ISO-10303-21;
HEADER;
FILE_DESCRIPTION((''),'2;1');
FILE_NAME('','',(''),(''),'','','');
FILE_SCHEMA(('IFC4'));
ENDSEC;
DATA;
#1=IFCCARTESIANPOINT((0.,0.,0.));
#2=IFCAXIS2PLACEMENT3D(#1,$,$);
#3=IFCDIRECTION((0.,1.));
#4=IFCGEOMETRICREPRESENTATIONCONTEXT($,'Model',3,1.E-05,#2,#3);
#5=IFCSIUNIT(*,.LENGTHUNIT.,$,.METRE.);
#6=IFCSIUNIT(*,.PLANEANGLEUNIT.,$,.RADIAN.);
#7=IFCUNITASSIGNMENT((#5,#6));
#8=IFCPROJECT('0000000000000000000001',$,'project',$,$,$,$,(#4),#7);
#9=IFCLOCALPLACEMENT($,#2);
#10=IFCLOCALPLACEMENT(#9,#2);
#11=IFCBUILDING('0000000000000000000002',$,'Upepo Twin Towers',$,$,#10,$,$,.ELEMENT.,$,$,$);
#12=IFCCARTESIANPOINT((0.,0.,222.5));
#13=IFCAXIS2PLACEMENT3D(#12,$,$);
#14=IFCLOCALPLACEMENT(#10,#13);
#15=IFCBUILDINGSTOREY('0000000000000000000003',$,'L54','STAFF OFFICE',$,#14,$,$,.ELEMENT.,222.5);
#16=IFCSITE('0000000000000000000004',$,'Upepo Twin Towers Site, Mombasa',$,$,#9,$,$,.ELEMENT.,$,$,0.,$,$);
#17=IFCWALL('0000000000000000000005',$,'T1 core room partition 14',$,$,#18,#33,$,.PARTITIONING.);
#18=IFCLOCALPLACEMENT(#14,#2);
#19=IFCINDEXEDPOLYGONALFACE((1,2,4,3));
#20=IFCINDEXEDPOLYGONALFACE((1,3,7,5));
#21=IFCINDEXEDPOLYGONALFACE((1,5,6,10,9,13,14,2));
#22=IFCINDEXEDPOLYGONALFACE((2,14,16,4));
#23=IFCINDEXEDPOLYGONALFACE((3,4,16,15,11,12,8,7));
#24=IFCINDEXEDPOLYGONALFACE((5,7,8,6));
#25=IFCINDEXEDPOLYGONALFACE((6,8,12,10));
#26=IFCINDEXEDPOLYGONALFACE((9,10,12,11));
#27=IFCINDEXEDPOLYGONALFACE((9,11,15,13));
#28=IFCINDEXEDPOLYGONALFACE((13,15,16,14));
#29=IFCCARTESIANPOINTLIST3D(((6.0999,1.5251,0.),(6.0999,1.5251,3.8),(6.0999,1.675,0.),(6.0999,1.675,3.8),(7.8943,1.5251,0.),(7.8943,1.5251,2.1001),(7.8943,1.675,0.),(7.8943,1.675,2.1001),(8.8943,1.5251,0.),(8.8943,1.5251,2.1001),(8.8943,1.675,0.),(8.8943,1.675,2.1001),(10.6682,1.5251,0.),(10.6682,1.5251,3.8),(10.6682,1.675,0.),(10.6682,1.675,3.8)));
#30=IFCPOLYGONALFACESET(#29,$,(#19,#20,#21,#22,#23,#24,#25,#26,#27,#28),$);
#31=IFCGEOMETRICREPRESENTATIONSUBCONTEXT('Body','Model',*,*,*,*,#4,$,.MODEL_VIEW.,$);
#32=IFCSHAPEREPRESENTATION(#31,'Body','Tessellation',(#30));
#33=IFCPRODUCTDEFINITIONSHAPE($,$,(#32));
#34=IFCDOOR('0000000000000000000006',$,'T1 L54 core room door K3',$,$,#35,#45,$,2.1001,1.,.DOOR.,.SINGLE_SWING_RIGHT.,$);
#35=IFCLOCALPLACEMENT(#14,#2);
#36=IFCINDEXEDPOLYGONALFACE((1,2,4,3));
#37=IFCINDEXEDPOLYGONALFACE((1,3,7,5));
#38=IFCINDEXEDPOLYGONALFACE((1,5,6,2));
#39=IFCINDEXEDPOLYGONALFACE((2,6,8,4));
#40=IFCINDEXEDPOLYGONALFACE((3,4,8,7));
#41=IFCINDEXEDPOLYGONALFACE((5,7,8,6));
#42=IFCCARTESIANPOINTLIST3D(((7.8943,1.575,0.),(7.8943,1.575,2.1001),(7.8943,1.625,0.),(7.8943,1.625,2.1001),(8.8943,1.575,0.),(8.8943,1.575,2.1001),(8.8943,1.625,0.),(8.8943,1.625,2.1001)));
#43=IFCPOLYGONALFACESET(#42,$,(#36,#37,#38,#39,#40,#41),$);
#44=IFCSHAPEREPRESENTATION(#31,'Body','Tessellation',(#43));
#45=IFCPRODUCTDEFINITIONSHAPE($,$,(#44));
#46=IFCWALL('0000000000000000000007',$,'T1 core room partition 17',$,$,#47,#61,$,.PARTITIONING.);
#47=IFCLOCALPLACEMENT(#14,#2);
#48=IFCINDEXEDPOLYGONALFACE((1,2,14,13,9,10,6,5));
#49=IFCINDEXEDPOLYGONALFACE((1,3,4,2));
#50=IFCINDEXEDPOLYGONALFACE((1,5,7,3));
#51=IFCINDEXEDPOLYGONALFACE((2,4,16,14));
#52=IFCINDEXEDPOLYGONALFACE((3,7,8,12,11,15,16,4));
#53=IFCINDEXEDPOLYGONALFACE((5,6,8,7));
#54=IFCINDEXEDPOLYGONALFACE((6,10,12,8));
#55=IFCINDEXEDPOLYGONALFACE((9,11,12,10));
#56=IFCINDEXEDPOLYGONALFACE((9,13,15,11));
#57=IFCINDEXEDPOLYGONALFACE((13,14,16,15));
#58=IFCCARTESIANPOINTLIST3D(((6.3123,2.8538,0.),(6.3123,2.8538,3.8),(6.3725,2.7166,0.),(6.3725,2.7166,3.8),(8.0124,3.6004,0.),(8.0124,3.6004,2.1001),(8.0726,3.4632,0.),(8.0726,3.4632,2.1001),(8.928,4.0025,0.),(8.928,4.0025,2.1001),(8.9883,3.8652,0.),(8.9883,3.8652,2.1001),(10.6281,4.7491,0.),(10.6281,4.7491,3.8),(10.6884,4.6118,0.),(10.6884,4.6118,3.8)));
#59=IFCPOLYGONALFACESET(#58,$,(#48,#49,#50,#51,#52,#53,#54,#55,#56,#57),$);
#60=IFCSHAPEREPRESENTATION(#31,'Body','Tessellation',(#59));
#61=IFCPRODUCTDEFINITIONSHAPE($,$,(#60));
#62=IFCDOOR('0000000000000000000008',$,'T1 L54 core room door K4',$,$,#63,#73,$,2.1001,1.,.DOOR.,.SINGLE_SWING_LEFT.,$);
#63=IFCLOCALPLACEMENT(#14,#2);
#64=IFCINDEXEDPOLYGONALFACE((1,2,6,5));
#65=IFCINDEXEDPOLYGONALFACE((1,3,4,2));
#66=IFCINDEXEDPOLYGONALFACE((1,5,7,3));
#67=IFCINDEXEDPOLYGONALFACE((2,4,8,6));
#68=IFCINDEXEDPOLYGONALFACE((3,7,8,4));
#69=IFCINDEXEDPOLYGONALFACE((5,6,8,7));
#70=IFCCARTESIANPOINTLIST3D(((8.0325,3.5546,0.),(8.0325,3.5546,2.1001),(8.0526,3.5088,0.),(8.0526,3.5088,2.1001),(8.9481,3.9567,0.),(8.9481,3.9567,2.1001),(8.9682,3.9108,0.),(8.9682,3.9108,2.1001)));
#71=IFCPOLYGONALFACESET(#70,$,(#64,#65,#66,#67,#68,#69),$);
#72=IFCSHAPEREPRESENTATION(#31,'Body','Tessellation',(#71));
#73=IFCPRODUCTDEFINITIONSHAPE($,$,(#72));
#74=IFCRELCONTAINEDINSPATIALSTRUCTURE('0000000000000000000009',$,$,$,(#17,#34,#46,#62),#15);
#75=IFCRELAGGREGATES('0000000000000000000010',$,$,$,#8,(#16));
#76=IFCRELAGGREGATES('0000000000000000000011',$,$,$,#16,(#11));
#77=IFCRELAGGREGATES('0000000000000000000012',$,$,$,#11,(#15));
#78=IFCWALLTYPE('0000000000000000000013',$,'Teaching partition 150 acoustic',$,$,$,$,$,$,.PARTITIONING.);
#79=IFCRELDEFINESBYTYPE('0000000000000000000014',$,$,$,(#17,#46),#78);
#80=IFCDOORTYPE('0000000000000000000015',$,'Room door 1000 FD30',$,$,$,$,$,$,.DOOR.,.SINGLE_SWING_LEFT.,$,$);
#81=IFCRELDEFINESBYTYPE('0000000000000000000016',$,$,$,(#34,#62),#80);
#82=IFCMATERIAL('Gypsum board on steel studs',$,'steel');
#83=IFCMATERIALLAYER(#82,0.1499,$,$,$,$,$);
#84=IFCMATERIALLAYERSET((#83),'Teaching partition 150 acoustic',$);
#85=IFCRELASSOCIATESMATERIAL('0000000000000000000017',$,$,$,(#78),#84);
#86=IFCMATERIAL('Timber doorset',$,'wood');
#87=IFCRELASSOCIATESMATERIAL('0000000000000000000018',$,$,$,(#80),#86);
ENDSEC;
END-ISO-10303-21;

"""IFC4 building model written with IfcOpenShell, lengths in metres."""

from ifc_helpers import new_model, si_unit, direction, frame, frame_2d, origin, place, context, subcontext, project, spatial, rectangle, extrude, material, layer, layer_set, type_object, element, fill, save


model = new_model("IFC4")

# Units and contexts
model_context = context("Model", 3, precision=1e-05, world=origin(), true_north=direction((0.0, 1.0)))
body_context = subcontext(model_context, "Body", "Model", "MODEL_VIEW")
ifc_project = project(units=[si_unit("LENGTHUNIT", "METRE"), si_unit("PLANEANGLEUNIT", "RADIAN")], contexts=[model_context])

# Site, building, storey
site_placement = place(None, origin())
site = spatial("IfcSite", under=ifc_project, at=site_placement, Name="Upepo Twin Towers Site, Mombasa", CompositionType="ELEMENT", RefElevation=0.0)
building_placement = place(site_placement, origin())
building = spatial("IfcBuilding", under=site, at=building_placement, Name="Upepo Twin Towers", CompositionType="ELEMENT")
storey_placement = place(building_placement, frame((0.0, 0.0, 222.5)))
storey = spatial("IfcBuildingStorey", under=building, at=storey_placement, Name="L54", Description="STAFF OFFICE", CompositionType="ELEMENT", Elevation=222.5)

# Shared definitions
ifc_material_1 = material(Name="Gypsum board on steel studs", Category="steel")
ifc_layer_1 = layer(ifc_material_1, 0.1499)
ifc_layer_set_1 = layer_set([ifc_layer_1], Name="Teaching partition 150 acoustic")
wall_type_1 = type_object("IfcWallType", Name="Teaching partition 150 acoustic", PredefinedType="PARTITIONING", material=ifc_layer_set_1)

# Walls, openings, doors
wall_1_placement = place(storey_placement, frame((6.0999, 1.6001, 0.0), z_axis=(0.0, 0.0, 1.0), x_axis=(1.0, 0.0, 0.0)))
wall_1 = element("IfcWall", 1, at=wall_1_placement, inside=storey, type_object=wall_type_1, Name="T1 core room partition 14", PredefinedType="PARTITIONING", context=body_context, shape_type="SweptSolid", body=[
    extrude(rectangle(XDim=4.5684, YDim=0.1499, at=frame_2d((2.2842, 0.0))), origin(), (0.0, 0.0, 1.0), 3.8),
])
opening_1_placement = place(wall_1_placement, frame((1.7944, 0.0, 0.0)))
opening_1 = element("IfcOpeningElement", 2, at=opening_1_placement, cuts=wall_1, PredefinedType="OPENING", context=body_context, shape_type="SweptSolid", body=[
    extrude(rectangle(XDim=1.0, YDim=2.1001, at=frame_2d((0.5, 1.05))), frame((0.0, 0.085, 0.0), z_axis=(0.0, -1.0, 0.0), x_axis=(1.0, 0.0, 0.0)), (0.0, 0.0, 1.0), 0.1699),
])
ifc_material_2 = material(Name="Timber doorset", Category="wood")
door_type_1 = type_object("IfcDoorType", Name="Room door 1000 FD30", OperationType="SINGLE_SWING_LEFT", PredefinedType="DOOR", material=ifc_material_2)
door_1_placement = place(opening_1_placement, origin())
door_1 = element("IfcDoor", 3, at=door_1_placement, inside=storey, type_object=door_type_1, Name="T1 L54 core room door K3", OperationType="SINGLE_SWING_RIGHT", OverallHeight=2.1001, OverallWidth=1.0, PredefinedType="DOOR", context=body_context, shape_type="SweptSolid", body=[
    extrude(rectangle(XDim=1.0, YDim=2.1001, at=frame_2d((0.5, 1.05))), frame((0.0, 0.0249, 0.0), z_axis=(0.0, -1.0, 0.0), x_axis=(1.0, 0.0, 0.0)), (0.0, 0.0, 1.0), 0.05),
])
fill(opening_1, door_1)
wall_2_placement = place(storey_placement, frame((6.3423, 2.7852, 0.0), z_axis=(0.0, 0.0, 1.0), x_axis=(0.915607, 0.402074, 0.0)))
wall_2 = element("IfcWall", 4, at=wall_2_placement, inside=storey, type_object=wall_type_1, Name="T1 core room partition 17", PredefinedType="PARTITIONING", context=body_context, shape_type="SweptSolid", body=[
    extrude(rectangle(XDim=4.7136, YDim=0.1499, at=frame_2d((2.3569, 0.0))), origin(), (0.0, 0.0, 1.0), 3.8),
])
opening_2_placement = place(wall_2_placement, frame((1.8569, 0.0, 0.0)))
opening_2 = element("IfcOpeningElement", 5, at=opening_2_placement, cuts=wall_2, PredefinedType="OPENING", context=body_context, shape_type="SweptSolid", body=[
    extrude(rectangle(XDim=1.0, YDim=2.1001, at=frame_2d((0.5, 1.05))), frame((0.0, 0.085, 0.0), z_axis=(0.0, -1.0, 0.0), x_axis=(1.0, 0.0, 0.0)), (0.0, 0.0, 1.0), 0.1699),
])
door_2_placement = place(opening_2_placement, origin())
door_2 = element("IfcDoor", 6, at=door_2_placement, inside=storey, type_object=door_type_1, Name="T1 L54 core room door K4", OperationType="SINGLE_SWING_LEFT", OverallHeight=2.1001, OverallWidth=1.0, PredefinedType="DOOR", context=body_context, shape_type="SweptSolid", body=[
    extrude(rectangle(XDim=1.0, YDim=2.1001, at=frame_2d((0.5, 1.05))), frame((0.0, 0.0249, 0.0), z_axis=(0.0, -1.0, 0.0), x_axis=(1.0, 0.0, 0.0)), (0.0, 0.0, 1.0), 0.05),
])
fill(opening_2, door_2)

save(model, "model.ifc")
